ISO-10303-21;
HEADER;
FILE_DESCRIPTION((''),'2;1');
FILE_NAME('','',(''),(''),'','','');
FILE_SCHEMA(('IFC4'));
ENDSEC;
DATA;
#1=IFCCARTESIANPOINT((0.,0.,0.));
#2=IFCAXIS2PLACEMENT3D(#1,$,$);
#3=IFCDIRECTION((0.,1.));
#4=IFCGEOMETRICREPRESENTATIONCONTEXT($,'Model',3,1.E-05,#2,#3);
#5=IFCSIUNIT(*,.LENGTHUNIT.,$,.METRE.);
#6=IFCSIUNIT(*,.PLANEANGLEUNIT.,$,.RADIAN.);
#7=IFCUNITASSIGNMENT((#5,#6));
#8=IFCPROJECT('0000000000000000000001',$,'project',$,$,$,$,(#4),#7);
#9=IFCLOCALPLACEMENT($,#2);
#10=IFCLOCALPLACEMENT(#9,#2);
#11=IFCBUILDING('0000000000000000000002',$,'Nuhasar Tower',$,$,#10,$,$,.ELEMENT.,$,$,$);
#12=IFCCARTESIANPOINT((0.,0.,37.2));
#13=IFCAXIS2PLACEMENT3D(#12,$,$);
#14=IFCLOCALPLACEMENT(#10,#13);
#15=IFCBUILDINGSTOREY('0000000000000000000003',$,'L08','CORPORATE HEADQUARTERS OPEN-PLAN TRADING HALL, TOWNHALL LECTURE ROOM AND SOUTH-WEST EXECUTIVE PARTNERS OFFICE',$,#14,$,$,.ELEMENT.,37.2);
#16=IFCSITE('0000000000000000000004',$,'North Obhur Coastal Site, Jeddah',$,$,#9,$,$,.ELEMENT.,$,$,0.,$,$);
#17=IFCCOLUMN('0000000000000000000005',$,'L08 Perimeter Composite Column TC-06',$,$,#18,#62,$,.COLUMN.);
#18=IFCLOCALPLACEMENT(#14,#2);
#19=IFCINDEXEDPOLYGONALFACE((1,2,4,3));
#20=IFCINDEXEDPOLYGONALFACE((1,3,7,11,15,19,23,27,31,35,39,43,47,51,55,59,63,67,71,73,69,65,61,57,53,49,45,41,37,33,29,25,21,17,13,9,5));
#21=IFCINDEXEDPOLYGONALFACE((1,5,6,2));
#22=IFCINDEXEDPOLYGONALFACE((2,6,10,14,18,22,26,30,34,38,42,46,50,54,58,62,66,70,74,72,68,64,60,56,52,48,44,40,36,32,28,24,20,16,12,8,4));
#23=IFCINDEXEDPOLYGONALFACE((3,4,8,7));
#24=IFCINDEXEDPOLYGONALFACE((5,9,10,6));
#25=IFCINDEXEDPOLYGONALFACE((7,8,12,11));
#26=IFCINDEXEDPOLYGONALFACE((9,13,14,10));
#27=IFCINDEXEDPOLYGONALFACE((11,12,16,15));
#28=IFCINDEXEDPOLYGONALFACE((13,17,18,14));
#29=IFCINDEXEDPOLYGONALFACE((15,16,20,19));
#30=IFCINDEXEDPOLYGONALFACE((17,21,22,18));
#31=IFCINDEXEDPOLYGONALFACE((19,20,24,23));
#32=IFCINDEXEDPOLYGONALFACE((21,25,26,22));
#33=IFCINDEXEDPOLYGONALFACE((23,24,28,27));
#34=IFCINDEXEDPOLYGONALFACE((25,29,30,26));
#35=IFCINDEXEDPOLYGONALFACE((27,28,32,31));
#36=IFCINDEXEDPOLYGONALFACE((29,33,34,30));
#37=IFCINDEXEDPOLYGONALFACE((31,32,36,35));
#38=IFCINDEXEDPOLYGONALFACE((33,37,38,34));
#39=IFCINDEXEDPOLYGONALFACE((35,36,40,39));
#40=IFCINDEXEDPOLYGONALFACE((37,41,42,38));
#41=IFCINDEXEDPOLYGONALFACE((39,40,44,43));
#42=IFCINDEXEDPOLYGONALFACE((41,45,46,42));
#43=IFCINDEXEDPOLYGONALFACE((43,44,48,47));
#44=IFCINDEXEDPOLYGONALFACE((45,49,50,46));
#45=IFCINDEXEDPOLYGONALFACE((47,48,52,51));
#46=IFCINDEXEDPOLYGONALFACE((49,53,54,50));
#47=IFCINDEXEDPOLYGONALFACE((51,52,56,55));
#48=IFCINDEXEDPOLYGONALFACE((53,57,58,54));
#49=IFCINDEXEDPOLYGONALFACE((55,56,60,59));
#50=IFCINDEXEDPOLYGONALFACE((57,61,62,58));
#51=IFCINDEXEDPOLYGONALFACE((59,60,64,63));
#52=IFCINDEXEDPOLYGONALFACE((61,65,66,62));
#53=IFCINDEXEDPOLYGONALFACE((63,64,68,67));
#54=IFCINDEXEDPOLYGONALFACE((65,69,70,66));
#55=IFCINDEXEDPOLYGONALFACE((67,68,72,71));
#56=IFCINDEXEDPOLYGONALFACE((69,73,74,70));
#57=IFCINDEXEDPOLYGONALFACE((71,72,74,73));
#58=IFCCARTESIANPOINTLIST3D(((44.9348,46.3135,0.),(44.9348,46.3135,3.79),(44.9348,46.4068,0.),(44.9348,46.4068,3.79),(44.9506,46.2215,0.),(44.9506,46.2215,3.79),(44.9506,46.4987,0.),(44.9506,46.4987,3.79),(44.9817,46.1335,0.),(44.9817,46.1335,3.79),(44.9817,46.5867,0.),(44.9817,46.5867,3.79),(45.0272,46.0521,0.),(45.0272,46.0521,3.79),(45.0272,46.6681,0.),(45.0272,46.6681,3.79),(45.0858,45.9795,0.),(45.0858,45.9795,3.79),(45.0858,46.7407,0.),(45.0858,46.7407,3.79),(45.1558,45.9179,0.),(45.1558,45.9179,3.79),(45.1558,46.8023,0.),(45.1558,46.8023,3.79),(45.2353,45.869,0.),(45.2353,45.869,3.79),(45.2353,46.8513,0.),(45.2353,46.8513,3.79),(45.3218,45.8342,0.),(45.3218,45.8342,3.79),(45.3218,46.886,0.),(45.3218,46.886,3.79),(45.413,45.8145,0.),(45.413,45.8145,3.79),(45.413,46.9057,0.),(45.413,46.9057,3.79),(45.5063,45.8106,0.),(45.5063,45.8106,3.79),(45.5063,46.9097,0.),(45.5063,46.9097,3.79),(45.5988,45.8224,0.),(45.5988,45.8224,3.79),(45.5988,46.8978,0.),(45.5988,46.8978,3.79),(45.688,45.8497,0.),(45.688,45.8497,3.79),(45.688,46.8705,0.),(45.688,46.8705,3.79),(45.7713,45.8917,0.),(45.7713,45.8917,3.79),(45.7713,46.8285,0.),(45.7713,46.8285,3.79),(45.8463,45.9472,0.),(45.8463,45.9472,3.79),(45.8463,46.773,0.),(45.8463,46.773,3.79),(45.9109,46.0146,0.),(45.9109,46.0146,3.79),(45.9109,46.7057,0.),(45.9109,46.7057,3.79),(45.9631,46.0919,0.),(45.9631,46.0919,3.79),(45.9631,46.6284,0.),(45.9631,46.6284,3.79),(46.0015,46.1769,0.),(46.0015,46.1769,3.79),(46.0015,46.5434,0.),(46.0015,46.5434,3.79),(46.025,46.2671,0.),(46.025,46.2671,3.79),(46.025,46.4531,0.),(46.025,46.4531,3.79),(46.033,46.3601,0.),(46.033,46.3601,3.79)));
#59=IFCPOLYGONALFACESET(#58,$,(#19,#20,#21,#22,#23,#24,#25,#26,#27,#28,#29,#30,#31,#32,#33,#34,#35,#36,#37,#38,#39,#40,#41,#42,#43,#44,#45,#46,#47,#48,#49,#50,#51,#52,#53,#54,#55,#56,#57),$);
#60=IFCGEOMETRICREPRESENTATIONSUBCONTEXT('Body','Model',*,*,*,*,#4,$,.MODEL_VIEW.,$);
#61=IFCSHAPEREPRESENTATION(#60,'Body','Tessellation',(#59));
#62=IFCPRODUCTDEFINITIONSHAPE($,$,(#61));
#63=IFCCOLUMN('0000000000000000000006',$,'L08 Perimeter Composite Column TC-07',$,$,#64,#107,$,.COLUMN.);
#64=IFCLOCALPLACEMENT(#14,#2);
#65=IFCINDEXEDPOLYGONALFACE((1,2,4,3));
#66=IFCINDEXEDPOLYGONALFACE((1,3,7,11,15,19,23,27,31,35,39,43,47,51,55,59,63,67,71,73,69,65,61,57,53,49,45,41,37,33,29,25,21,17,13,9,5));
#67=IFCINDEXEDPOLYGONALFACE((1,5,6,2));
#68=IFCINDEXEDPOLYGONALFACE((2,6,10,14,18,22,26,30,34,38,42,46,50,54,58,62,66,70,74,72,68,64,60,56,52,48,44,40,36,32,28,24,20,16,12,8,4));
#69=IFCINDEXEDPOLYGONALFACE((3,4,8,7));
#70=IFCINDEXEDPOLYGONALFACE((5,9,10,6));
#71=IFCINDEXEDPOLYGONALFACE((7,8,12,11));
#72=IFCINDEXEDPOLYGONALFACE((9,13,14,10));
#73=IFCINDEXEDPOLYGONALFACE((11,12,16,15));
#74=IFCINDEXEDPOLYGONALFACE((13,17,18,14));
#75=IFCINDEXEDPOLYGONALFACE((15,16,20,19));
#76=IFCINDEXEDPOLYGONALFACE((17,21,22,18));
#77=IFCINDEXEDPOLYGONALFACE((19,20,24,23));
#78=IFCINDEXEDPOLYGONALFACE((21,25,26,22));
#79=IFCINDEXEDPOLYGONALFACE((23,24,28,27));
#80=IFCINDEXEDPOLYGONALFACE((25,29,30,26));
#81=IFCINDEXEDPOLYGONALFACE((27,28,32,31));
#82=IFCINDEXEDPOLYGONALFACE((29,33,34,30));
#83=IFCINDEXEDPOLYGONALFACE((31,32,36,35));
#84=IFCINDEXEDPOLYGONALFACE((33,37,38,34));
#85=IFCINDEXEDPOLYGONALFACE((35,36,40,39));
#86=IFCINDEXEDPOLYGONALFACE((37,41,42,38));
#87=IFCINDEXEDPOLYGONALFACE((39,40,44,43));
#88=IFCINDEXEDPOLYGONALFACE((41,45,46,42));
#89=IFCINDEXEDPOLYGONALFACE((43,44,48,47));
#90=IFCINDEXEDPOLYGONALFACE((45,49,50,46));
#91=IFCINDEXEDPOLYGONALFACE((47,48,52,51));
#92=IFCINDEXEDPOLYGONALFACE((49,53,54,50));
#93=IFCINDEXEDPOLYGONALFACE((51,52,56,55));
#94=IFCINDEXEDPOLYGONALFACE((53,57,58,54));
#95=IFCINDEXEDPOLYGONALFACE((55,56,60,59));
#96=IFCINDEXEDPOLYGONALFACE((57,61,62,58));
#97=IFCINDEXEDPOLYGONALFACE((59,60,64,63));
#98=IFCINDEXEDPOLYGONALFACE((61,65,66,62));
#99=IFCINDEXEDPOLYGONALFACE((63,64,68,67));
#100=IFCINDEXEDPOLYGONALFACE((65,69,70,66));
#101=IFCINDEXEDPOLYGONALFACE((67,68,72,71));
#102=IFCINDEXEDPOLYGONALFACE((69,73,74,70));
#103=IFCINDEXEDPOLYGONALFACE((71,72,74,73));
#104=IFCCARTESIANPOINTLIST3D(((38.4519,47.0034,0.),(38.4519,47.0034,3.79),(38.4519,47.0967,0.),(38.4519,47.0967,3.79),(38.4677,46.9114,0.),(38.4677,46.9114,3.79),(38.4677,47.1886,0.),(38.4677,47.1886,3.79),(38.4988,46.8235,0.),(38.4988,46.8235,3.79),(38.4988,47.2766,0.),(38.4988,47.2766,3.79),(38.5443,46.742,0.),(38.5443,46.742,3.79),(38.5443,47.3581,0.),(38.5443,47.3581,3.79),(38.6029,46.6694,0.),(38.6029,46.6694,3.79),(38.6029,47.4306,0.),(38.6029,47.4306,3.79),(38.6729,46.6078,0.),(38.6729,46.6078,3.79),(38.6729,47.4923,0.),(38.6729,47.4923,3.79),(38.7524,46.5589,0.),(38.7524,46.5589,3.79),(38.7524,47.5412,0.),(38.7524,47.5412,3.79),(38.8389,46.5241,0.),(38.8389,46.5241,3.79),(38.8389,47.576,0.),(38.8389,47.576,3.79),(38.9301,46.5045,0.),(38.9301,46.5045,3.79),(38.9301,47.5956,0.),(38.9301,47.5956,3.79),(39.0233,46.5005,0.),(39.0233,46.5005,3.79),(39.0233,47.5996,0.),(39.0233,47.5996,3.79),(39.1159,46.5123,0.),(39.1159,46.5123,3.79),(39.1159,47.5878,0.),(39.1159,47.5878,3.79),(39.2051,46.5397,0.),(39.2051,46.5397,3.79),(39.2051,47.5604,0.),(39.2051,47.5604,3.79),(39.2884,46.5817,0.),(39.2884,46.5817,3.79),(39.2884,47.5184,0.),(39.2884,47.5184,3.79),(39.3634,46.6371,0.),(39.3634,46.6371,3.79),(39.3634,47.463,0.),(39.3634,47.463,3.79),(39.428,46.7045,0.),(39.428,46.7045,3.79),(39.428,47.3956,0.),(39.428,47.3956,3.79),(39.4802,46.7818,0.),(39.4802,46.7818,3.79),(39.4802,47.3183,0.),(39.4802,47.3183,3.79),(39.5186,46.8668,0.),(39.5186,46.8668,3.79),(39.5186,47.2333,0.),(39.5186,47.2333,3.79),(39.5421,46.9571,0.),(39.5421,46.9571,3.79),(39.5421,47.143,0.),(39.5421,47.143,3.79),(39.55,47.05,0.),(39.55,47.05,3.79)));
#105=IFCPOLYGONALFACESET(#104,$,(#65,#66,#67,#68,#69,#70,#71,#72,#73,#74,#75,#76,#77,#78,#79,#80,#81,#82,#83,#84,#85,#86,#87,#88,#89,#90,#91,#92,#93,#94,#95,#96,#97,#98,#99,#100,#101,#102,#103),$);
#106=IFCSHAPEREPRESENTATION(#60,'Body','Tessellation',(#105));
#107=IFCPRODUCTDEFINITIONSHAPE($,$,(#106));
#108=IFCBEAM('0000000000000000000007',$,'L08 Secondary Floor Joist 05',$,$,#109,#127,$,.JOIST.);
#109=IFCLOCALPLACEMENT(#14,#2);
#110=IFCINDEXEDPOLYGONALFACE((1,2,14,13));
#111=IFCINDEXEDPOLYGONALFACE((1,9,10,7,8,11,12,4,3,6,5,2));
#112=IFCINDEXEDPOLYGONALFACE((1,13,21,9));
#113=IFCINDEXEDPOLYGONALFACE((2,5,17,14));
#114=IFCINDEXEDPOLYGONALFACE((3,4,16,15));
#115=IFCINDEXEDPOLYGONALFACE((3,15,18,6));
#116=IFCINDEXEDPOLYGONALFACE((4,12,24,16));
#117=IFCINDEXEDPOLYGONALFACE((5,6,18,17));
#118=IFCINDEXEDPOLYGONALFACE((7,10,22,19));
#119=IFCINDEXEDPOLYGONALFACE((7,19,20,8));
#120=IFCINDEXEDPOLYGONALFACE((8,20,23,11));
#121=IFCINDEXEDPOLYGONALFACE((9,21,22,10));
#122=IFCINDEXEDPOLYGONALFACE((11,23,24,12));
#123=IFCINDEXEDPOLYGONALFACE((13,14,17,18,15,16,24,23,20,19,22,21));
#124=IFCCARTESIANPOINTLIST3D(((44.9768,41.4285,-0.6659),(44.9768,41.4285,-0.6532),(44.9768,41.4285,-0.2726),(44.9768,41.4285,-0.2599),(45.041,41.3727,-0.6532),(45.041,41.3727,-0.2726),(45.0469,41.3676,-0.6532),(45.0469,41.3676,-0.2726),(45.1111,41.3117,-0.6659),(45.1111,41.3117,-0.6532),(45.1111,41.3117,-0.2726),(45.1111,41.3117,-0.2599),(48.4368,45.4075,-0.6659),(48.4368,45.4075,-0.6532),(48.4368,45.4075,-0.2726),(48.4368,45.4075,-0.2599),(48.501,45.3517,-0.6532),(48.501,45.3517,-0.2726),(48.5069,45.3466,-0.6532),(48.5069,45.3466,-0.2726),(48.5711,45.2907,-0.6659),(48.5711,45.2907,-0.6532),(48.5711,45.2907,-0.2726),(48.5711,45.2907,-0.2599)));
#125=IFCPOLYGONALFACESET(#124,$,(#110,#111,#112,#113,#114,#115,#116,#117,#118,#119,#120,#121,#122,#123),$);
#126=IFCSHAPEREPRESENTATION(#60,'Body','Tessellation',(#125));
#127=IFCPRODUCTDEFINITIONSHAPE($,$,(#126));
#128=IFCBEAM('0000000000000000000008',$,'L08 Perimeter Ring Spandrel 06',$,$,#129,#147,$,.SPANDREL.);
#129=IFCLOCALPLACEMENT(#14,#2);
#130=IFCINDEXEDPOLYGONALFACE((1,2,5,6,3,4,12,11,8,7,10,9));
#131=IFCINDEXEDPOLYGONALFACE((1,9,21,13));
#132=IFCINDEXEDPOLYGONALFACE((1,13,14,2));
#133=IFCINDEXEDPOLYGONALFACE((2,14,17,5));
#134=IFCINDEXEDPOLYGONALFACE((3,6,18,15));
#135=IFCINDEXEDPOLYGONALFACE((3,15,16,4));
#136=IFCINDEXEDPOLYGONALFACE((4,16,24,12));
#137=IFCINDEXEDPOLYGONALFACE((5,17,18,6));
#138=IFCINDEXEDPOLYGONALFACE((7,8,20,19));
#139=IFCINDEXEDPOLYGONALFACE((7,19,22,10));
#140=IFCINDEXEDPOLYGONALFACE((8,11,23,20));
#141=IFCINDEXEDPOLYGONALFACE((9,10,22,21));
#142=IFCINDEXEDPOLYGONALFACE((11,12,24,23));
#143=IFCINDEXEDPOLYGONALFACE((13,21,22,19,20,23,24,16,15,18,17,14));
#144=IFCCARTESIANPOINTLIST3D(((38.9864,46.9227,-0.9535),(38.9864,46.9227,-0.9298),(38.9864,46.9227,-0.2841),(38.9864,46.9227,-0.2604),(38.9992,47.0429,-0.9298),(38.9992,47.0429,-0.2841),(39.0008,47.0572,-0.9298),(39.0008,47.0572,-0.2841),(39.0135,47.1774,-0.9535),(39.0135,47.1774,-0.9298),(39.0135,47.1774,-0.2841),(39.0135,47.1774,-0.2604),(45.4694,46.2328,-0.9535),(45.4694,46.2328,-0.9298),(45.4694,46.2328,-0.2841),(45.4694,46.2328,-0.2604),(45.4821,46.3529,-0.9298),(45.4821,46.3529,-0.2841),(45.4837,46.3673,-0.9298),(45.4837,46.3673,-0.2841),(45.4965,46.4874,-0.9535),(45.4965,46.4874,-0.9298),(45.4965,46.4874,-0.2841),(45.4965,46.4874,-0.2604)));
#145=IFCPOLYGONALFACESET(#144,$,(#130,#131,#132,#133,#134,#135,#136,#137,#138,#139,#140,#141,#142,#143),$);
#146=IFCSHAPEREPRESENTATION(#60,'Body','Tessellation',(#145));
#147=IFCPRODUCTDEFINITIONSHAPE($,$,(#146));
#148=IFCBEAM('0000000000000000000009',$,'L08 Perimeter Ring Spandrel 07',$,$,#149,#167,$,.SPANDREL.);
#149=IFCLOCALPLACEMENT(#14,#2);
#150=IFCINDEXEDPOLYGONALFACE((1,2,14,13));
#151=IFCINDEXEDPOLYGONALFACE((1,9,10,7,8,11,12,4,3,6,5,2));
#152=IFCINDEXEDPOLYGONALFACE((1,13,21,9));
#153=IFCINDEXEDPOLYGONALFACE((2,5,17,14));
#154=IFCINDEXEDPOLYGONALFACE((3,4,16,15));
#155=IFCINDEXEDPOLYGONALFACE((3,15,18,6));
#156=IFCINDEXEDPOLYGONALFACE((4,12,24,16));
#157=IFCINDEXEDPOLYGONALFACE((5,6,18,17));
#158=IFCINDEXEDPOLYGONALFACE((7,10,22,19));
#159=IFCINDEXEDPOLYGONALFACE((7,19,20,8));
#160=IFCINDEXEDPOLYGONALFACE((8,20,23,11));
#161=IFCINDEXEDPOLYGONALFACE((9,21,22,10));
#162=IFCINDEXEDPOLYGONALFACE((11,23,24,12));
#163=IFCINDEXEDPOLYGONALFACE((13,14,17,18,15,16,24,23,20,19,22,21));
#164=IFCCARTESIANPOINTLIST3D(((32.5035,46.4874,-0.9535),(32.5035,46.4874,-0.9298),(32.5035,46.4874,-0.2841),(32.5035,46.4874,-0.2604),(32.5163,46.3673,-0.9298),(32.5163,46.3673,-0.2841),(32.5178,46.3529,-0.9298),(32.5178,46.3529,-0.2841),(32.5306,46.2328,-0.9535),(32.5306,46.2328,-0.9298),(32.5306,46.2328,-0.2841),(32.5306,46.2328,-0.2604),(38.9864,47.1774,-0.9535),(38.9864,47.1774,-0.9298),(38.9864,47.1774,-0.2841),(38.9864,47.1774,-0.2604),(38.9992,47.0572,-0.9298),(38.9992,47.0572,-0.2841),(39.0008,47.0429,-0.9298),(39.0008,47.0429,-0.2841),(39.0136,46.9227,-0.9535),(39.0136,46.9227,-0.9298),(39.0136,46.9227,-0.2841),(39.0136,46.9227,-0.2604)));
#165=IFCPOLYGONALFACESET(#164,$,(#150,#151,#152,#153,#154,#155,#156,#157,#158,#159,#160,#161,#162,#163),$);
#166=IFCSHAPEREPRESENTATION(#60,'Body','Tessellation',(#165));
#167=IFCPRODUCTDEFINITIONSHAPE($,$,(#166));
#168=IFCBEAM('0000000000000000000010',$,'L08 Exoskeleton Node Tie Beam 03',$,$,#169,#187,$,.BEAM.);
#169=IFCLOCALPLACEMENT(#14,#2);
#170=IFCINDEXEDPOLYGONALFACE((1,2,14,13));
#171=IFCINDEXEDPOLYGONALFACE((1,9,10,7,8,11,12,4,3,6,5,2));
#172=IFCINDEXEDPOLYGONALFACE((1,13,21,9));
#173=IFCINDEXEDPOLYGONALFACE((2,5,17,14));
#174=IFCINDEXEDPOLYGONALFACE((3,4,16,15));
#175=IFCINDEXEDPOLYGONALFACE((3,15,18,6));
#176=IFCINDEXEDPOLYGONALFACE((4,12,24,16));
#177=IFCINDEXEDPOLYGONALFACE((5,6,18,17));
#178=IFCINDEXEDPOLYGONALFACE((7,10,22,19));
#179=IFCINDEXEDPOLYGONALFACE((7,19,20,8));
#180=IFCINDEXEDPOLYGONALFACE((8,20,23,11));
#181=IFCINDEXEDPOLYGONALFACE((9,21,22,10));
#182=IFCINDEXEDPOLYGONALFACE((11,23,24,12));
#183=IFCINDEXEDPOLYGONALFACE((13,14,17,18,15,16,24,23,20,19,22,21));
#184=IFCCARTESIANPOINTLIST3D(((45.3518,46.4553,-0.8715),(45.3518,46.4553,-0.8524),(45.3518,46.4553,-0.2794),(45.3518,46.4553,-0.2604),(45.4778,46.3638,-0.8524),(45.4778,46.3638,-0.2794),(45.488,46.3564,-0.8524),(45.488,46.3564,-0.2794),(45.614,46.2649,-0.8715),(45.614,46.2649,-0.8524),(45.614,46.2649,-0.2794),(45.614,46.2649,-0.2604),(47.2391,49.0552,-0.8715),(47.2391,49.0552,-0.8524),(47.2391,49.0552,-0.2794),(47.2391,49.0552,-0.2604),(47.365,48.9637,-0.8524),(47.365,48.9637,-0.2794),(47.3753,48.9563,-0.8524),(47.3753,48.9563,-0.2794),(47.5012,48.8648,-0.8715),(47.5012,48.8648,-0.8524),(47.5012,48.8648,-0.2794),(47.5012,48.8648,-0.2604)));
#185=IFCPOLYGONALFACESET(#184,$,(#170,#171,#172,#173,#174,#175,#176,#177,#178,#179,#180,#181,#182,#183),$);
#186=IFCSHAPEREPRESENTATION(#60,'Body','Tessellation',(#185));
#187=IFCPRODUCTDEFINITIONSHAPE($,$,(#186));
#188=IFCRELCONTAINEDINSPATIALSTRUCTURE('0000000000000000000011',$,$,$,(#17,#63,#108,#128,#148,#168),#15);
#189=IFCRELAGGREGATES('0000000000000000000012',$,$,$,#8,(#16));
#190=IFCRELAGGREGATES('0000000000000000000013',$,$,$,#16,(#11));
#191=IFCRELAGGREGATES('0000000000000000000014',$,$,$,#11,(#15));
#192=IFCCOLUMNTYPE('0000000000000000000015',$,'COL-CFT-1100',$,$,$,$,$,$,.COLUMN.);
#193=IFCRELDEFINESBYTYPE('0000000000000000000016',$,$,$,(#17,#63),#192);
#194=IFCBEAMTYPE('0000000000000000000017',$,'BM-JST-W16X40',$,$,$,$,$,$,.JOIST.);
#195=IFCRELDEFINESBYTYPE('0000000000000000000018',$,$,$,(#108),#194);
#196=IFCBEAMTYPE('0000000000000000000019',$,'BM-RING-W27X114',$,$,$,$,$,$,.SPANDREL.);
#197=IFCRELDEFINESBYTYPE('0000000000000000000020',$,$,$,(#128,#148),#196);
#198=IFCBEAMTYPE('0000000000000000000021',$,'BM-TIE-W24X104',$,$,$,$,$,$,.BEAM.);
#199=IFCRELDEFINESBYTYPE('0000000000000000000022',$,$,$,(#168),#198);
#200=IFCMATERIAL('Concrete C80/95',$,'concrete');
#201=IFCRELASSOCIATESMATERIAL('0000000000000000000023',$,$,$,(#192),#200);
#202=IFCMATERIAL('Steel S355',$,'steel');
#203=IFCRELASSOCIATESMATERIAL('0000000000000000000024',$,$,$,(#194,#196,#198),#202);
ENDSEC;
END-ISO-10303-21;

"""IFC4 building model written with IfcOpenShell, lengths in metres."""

from ifc_helpers import new_model, si_unit, direction, frame, origin, origin_2d, place, context, subcontext, project, spatial, circle, i_section, extrude, material, material_profile, profile_set, type_object, element, save


model = new_model("IFC4")

# Units and contexts
model_context = context("Model", 3, precision=1e-05, world=origin(), true_north=direction((0.0, 1.0)))
body_context = subcontext(model_context, "Body", "Model", "MODEL_VIEW")
ifc_project = project(units=[si_unit("LENGTHUNIT", "METRE"), si_unit("PLANEANGLEUNIT", "RADIAN")], contexts=[model_context])

# Site, building, storey
site_placement = place(None, origin())
site = spatial("IfcSite", under=ifc_project, at=site_placement, Name="North Obhur Coastal Site, Jeddah", CompositionType="ELEMENT", RefElevation=0.0)
building_placement = place(site_placement, origin())
building = spatial("IfcBuilding", under=site, at=building_placement, Name="Nuhasar Tower", CompositionType="ELEMENT")
storey_placement = place(building_placement, frame((0.0, 0.0, 37.2)))
storey = spatial("IfcBuildingStorey", under=building, at=storey_placement, Name="L08", Description="CORPORATE HEADQUARTERS OPEN-PLAN TRADING HALL, TOWNHALL LECTURE ROOM AND SOUTH-WEST EXECUTIVE PARTNERS OFFICE", CompositionType="ELEMENT", Elevation=37.2)

# Columns
ifc_material_1 = material(Name="Concrete C80/95", Category="concrete")
ifc_material_profile_1 = material_profile(ifc_material_1, circle(Radius=0.55, at=origin_2d()), Name="CFT1100")
ifc_profile_set_1 = profile_set([ifc_material_profile_1], Name="Concrete C80/95")
column_type = type_object("IfcColumnType", Name="COL-CFT-1100", PredefinedType="COLUMN", material=ifc_profile_set_1)
for number, where, z_axis, x_axis, name in (
    (1, (45.4829, 46.3601, 0.0), (0.0, 0.0, 1.0), (1.0, 0.0, 0.0), "L08 Perimeter Composite Column TC-06"),
    (2, (39.0, 47.05, 0.0), (0.0, 0.0, 1.0), (1.0, 0.0, 0.0), "L08 Perimeter Composite Column TC-07"),
):
    element("IfcColumn", number, at=place(storey_placement, frame(where, z_axis=z_axis, x_axis=x_axis)), inside=storey, type_object=column_type, Name=name, PredefinedType="COLUMN", context=body_context, shape_type="SweptSolid", body=[
        extrude(circle(Radius=0.55, at=origin_2d()), origin(), (0.0, 0.0, 1.0), 3.79),
    ])

# Beams
ifc_material_2 = material(Name="Steel S355", Category="steel")
ifc_material_profile_2 = material_profile(ifc_material_2, i_section(OverallWidth=0.178, OverallDepth=0.406, WebThickness=0.0078, FlangeThickness=0.0127, at=origin_2d()), Name="W16X40")
ifc_profile_set_2 = profile_set([ifc_material_profile_2], Name="Steel S355")
beam_type_1 = type_object("IfcBeamType", Name="BM-JST-W16X40", PredefinedType="JOIST", material=ifc_profile_set_2)
beam_1_placement = place(storey_placement, frame((45.0439, 41.3701, -0.4629), z_axis=(0.656174, 0.75461, 0.0), x_axis=(-0.75461, 0.656174, 0.0)))
element("IfcBeam", 3, at=beam_1_placement, inside=storey, type_object=beam_type_1, Name="L08 Secondary Floor Joist 05", PredefinedType="JOIST", context=body_context, shape_type="SweptSolid", body=[
    extrude(i_section(OverallWidth=0.178, OverallDepth=0.406, WebThickness=0.0078, FlangeThickness=0.0127, at=origin_2d()), origin(), (0.0, 0.0, 1.0), 5.2729),
])
ifc_material_profile_3 = material_profile(ifc_material_2, i_section(OverallWidth=0.2561, OverallDepth=0.6931, WebThickness=0.0144, FlangeThickness=0.0237, at=origin_2d()), Name="W27X114")
ifc_profile_set_3 = profile_set([ifc_material_profile_3], Name="Steel S355")
beam_type_2 = type_object("IfcBeamType", Name="BM-RING-W27X114", PredefinedType="SPANDREL", material=ifc_profile_set_3)
for number, where, z_axis, x_axis, name in (
    (4, (45.4829, 46.3601, -0.6069), (-0.994385, 0.105827, 0.0), (-0.105827, -0.994385, 0.0), "L08 Perimeter Ring Spandrel 06"),
    (5, (39.0, 47.05, -0.6069), (-0.994385, -0.105827, 0.0), (0.105827, -0.994385, 0.0), "L08 Perimeter Ring Spandrel 07"),
):
    element("IfcBeam", number, at=place(storey_placement, frame(where, z_axis=z_axis, x_axis=x_axis)), inside=storey, type_object=beam_type_2, Name=name, PredefinedType="SPANDREL", context=body_context, shape_type="SweptSolid", body=[
        extrude(i_section(OverallWidth=0.2561, OverallDepth=0.6931, WebThickness=0.0144, FlangeThickness=0.0237, at=origin_2d()), origin(), (0.0, 0.0, 1.0), 6.5195),
    ])
ifc_material_profile_4 = material_profile(ifc_material_2, i_section(OverallWidth=0.324, OverallDepth=0.6111, WebThickness=0.0127, FlangeThickness=0.019, at=origin_2d()), Name="W24X104")
ifc_profile_set_4 = profile_set([ifc_material_profile_4], Name="Steel S355")
beam_type_3 = type_object("IfcBeamType", Name="BM-TIE-W24X104", PredefinedType="BEAM", material=ifc_profile_set_4)
beam_2_placement = place(storey_placement, frame((45.4829, 46.3601, -0.5659), z_axis=(0.587439, 0.809268, 0.0), x_axis=(-0.809268, 0.587439, 0.0)))
element("IfcBeam", 6, at=beam_2_placement, inside=storey, type_object=beam_type_3, Name="L08 Exoskeleton Node Tie Beam 03", PredefinedType="BEAM", context=body_context, shape_type="SweptSolid", body=[
    extrude(i_section(OverallWidth=0.324, OverallDepth=0.6111, WebThickness=0.0127, FlangeThickness=0.019, at=origin_2d()), origin(), (0.0, 0.0, 1.0), 3.2126),
])

save(model, "model.ifc")
